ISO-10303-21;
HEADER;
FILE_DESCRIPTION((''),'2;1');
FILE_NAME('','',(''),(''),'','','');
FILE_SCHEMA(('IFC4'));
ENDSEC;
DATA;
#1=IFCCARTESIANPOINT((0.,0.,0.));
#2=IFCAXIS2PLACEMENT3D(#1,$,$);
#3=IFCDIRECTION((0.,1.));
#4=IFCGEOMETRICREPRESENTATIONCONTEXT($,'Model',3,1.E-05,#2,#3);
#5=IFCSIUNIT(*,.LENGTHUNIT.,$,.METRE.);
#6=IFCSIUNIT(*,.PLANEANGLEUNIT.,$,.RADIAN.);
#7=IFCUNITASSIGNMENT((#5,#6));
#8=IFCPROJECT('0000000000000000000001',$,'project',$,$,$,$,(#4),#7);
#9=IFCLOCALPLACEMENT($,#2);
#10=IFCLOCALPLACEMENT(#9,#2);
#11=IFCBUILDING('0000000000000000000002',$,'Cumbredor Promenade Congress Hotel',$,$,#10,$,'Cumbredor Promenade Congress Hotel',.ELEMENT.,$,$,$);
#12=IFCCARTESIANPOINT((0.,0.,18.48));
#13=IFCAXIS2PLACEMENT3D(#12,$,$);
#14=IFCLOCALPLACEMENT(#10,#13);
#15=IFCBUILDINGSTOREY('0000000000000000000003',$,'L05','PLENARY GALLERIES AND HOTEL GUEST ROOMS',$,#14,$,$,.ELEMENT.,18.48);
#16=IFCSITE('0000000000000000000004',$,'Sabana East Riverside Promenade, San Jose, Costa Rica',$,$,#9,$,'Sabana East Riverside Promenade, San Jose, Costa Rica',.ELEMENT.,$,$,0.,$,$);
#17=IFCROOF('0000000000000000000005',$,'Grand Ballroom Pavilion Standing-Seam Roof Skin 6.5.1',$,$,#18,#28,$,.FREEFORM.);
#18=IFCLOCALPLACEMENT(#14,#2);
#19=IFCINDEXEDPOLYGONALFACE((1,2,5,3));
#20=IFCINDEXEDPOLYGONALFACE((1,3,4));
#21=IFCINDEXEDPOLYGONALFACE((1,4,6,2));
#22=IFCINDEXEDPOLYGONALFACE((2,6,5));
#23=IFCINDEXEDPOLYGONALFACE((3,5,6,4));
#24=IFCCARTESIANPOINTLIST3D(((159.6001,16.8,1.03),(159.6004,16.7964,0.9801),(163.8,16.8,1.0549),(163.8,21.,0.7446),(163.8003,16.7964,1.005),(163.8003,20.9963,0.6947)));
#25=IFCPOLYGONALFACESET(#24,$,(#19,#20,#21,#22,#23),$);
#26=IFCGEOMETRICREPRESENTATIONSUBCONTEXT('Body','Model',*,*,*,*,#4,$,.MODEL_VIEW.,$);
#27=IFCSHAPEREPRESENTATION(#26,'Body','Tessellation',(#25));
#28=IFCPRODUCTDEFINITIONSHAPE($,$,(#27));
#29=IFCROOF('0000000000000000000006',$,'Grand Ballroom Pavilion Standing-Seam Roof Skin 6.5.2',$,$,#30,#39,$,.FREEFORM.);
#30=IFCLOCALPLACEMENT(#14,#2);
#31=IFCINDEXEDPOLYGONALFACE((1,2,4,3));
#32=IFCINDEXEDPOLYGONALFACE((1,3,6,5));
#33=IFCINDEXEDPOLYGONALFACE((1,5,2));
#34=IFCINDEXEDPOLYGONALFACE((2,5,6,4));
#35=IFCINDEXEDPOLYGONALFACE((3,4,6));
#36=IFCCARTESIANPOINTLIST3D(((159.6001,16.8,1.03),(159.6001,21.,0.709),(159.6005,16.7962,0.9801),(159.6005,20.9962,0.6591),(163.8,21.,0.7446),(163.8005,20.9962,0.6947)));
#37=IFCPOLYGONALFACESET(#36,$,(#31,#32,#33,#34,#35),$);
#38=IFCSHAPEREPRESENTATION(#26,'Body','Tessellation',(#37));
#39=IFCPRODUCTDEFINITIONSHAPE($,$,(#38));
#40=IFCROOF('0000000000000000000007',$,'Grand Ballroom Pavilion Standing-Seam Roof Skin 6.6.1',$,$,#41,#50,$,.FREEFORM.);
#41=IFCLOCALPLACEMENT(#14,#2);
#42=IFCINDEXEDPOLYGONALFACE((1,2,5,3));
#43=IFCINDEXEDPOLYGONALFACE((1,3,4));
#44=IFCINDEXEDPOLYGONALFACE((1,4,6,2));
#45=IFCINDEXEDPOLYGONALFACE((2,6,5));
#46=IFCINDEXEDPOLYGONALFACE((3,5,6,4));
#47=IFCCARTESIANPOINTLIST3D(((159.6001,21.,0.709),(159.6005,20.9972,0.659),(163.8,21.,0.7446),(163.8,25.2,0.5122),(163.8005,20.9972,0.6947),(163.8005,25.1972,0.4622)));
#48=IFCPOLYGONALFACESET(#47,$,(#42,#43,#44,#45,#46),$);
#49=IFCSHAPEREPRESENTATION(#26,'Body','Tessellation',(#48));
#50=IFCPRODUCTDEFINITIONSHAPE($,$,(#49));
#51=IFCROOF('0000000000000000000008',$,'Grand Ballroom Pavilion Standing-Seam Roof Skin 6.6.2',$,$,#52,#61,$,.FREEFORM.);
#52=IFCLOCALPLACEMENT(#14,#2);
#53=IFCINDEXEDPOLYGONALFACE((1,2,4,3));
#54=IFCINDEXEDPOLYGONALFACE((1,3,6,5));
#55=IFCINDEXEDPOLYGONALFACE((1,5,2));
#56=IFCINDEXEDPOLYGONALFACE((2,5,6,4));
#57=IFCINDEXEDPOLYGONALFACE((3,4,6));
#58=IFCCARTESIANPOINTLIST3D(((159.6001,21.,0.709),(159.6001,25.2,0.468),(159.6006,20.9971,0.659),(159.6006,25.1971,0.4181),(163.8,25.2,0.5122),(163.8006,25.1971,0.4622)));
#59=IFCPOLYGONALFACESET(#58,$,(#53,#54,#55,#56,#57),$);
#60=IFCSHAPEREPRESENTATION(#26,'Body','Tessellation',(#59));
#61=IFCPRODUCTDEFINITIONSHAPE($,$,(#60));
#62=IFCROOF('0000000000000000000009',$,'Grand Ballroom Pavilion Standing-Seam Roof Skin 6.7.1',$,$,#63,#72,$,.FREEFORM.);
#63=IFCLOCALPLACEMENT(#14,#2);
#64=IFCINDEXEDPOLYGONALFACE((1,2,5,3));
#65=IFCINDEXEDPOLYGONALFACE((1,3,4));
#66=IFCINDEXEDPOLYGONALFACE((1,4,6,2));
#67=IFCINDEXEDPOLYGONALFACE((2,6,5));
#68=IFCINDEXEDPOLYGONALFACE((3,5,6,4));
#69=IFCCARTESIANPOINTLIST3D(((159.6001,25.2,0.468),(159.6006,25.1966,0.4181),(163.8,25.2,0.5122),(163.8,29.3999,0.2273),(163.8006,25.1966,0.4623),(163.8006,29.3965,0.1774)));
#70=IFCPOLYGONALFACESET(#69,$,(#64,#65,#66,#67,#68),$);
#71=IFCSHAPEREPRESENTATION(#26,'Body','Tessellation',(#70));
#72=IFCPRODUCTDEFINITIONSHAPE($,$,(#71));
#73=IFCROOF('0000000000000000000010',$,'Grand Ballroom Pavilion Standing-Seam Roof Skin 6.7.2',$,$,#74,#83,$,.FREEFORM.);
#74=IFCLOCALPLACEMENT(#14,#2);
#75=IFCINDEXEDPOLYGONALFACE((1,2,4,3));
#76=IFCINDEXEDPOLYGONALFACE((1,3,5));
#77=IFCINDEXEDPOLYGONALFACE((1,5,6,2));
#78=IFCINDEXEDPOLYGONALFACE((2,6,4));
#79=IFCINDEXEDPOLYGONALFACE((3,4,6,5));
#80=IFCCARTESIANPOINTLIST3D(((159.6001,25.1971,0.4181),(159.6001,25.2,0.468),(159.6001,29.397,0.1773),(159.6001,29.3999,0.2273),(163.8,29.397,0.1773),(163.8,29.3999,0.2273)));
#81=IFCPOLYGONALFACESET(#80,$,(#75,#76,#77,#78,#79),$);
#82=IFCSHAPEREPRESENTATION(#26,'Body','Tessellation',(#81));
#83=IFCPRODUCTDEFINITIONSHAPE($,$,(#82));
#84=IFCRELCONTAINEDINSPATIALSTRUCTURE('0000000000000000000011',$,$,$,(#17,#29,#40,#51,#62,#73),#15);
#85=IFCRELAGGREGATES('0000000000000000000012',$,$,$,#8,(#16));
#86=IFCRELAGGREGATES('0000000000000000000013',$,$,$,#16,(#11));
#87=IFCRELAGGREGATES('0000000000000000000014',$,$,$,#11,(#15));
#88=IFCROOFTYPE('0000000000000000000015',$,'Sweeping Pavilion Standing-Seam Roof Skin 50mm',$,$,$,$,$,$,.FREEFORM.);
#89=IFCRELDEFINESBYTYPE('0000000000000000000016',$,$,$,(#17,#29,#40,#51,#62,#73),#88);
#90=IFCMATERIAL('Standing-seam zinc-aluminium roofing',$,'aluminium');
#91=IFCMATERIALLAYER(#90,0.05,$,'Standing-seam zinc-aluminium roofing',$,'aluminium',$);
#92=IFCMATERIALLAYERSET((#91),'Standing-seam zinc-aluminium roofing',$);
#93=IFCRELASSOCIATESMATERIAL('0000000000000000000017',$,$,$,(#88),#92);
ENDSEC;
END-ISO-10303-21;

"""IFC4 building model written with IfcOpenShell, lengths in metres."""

from ifc_helpers import new_model, si_unit, direction, frame, origin, place, context, subcontext, project, spatial, polyline, outline, extrude, material, layer, layer_set, type_object, element, save


model = new_model("IFC4")

# Units and contexts
model_context = context("Model", 3, precision=1e-05, world=origin(), true_north=direction((0.0, 1.0)))
body_context = subcontext(model_context, "Body", "Model", "MODEL_VIEW")
ifc_project = project(units=[si_unit("LENGTHUNIT", "METRE"), si_unit("PLANEANGLEUNIT", "RADIAN")], contexts=[model_context])

# Site, building, storey
site_placement = place(None, origin())
site = spatial("IfcSite", under=ifc_project, at=site_placement, Name="Sabana East Riverside Promenade, San Jose, Costa Rica", LongName="Sabana East Riverside Promenade, San Jose, Costa Rica", CompositionType="ELEMENT", RefElevation=0.0)
building_placement = place(site_placement, origin())
building = spatial("IfcBuilding", under=site, at=building_placement, Name="Cumbredor Promenade Congress Hotel", LongName="Cumbredor Promenade Congress Hotel", CompositionType="ELEMENT")
storey_placement = place(building_placement, frame((0.0, 0.0, 18.48)))
storey = spatial("IfcBuildingStorey", under=building, at=storey_placement, Name="L05", Description="PLENARY GALLERIES AND HOTEL GUEST ROOMS", CompositionType="ELEMENT", Elevation=18.48)

# Roofs
ifc_material_1 = material(Name="Standing-seam zinc-aluminium roofing", Category="aluminium")
ifc_layer_1 = layer(ifc_material_1, 0.05, Name="Standing-seam zinc-aluminium roofing", Category="aluminium")
ifc_layer_set_1 = layer_set([ifc_layer_1], Name="Standing-seam zinc-aluminium roofing")
roof_type = type_object("IfcRoofType", Name="Sweeping Pavilion Standing-Seam Roof Skin 50mm", PredefinedType="FREEFORM", material=ifc_layer_set_1)
roof_1_placement = place(storey_placement, frame((159.6001, 16.8, 1.03), z_axis=(-0.005913, 0.07368, 0.997264), x_axis=(0.999982, 0.0, 0.005929)))
element("IfcRoof", 1, at=roof_1_placement, inside=storey, type_object=roof_type, Name="Grand Ballroom Pavilion Standing-Seam Roof Skin 6.5.1", PredefinedType="FREEFORM", context=body_context, shape_type="SweptSolid", body=[
    extrude(outline(polyline([(0.0, 0.0), (4.2, 0.0), (4.1982, 4.2114), (0.0, 0.0)])), origin(), (0.0, 0.0, -1.0), 0.05),
])
roof_2_placement = place(storey_placement, frame((159.6001, 16.8, 1.03), z_axis=(-0.008462, 0.076215, 0.997055), x_axis=(0.706292, 0.706292, -0.047995)))
element("IfcRoof", 2, at=roof_2_placement, inside=storey, type_object=roof_type, Name="Grand Ballroom Pavilion Standing-Seam Roof Skin 6.5.2", PredefinedType="FREEFORM", context=body_context, shape_type="SweptSolid", body=[
    extrude(outline(polyline([(0.0, 0.0), (5.9465, 0.0), (2.9818, 2.9752), (0.0, 0.0)])), origin(), (0.0, 0.0, -1.0), 0.05),
])
roof_3_placement = place(storey_placement, frame((159.6001, 21.0, 0.709), z_axis=(-0.008474, 0.055253, 0.998436), x_axis=(0.999964, 0.0, 0.008487)))
element("IfcRoof", 3, at=roof_3_placement, inside=storey, type_object=roof_type, Name="Grand Ballroom Pavilion Standing-Seam Roof Skin 6.6.1", PredefinedType="FREEFORM", context=body_context, shape_type="SweptSolid", body=[
    extrude(outline(polyline([(0.0, 0.0), (4.2001, 0.0), (4.1981, 4.2064), (0.0, 0.0)])), origin(), (0.0, 0.0, -1.0), 0.05),
])
roof_4_placement = place(storey_placement, frame((159.6001, 21.0, 0.709), z_axis=(-0.010504, 0.057276, 0.998303), x_axis=(0.706719, 0.706719, -0.033111)))
element("IfcRoof", 4, at=roof_4_placement, inside=storey, type_object=roof_type, Name="Grand Ballroom Pavilion Standing-Seam Roof Skin 6.6.2", PredefinedType="FREEFORM", context=body_context, shape_type="SweptSolid", body=[
    extrude(outline(polyline([(0.0, 0.0), (5.9429, 0.0), (2.9762, 2.9732), (0.0, 0.0)])), origin(), (0.0, 0.0, -1.0), 0.05),
])
roof_5_placement = place(storey_placement, frame((159.6001, 25.2, 0.468), z_axis=(-0.010497, 0.067678, 0.997652), x_axis=(0.999945, 0.0, 0.010521)))
element("IfcRoof", 5, at=roof_5_placement, inside=storey, type_object=roof_type, Name="Grand Ballroom Pavilion Standing-Seam Roof Skin 6.7.1", PredefinedType="FREEFORM", context=body_context, shape_type="SweptSolid", body=[
    extrude(outline(polyline([(0.0, 0.0), (4.2002, 0.0), (4.1972, 4.2096), (0.0, 0.0)])), origin(), (0.0, 0.0, -1.0), 0.05),
])
roof_6_placement = place(storey_placement, frame((159.6001, 25.2, 0.468), z_axis=(0.0, 0.057222, 0.998361), x_axis=(0.706527, 0.706527, -0.040495)))
element("IfcRoof", 6, at=roof_6_placement, inside=storey, type_object=roof_type, Name="Grand Ballroom Pavilion Standing-Seam Roof Skin 6.7.2", PredefinedType="FREEFORM", context=body_context, shape_type="SweptSolid", body=[
    extrude(outline(polyline([(0.0, 0.0), (5.9445, 0.0), (2.9771, 2.9722), (0.0, 0.0)])), origin(), (0.0, 0.0, -1.0), 0.05),
])

save(model, "model.ifc")
